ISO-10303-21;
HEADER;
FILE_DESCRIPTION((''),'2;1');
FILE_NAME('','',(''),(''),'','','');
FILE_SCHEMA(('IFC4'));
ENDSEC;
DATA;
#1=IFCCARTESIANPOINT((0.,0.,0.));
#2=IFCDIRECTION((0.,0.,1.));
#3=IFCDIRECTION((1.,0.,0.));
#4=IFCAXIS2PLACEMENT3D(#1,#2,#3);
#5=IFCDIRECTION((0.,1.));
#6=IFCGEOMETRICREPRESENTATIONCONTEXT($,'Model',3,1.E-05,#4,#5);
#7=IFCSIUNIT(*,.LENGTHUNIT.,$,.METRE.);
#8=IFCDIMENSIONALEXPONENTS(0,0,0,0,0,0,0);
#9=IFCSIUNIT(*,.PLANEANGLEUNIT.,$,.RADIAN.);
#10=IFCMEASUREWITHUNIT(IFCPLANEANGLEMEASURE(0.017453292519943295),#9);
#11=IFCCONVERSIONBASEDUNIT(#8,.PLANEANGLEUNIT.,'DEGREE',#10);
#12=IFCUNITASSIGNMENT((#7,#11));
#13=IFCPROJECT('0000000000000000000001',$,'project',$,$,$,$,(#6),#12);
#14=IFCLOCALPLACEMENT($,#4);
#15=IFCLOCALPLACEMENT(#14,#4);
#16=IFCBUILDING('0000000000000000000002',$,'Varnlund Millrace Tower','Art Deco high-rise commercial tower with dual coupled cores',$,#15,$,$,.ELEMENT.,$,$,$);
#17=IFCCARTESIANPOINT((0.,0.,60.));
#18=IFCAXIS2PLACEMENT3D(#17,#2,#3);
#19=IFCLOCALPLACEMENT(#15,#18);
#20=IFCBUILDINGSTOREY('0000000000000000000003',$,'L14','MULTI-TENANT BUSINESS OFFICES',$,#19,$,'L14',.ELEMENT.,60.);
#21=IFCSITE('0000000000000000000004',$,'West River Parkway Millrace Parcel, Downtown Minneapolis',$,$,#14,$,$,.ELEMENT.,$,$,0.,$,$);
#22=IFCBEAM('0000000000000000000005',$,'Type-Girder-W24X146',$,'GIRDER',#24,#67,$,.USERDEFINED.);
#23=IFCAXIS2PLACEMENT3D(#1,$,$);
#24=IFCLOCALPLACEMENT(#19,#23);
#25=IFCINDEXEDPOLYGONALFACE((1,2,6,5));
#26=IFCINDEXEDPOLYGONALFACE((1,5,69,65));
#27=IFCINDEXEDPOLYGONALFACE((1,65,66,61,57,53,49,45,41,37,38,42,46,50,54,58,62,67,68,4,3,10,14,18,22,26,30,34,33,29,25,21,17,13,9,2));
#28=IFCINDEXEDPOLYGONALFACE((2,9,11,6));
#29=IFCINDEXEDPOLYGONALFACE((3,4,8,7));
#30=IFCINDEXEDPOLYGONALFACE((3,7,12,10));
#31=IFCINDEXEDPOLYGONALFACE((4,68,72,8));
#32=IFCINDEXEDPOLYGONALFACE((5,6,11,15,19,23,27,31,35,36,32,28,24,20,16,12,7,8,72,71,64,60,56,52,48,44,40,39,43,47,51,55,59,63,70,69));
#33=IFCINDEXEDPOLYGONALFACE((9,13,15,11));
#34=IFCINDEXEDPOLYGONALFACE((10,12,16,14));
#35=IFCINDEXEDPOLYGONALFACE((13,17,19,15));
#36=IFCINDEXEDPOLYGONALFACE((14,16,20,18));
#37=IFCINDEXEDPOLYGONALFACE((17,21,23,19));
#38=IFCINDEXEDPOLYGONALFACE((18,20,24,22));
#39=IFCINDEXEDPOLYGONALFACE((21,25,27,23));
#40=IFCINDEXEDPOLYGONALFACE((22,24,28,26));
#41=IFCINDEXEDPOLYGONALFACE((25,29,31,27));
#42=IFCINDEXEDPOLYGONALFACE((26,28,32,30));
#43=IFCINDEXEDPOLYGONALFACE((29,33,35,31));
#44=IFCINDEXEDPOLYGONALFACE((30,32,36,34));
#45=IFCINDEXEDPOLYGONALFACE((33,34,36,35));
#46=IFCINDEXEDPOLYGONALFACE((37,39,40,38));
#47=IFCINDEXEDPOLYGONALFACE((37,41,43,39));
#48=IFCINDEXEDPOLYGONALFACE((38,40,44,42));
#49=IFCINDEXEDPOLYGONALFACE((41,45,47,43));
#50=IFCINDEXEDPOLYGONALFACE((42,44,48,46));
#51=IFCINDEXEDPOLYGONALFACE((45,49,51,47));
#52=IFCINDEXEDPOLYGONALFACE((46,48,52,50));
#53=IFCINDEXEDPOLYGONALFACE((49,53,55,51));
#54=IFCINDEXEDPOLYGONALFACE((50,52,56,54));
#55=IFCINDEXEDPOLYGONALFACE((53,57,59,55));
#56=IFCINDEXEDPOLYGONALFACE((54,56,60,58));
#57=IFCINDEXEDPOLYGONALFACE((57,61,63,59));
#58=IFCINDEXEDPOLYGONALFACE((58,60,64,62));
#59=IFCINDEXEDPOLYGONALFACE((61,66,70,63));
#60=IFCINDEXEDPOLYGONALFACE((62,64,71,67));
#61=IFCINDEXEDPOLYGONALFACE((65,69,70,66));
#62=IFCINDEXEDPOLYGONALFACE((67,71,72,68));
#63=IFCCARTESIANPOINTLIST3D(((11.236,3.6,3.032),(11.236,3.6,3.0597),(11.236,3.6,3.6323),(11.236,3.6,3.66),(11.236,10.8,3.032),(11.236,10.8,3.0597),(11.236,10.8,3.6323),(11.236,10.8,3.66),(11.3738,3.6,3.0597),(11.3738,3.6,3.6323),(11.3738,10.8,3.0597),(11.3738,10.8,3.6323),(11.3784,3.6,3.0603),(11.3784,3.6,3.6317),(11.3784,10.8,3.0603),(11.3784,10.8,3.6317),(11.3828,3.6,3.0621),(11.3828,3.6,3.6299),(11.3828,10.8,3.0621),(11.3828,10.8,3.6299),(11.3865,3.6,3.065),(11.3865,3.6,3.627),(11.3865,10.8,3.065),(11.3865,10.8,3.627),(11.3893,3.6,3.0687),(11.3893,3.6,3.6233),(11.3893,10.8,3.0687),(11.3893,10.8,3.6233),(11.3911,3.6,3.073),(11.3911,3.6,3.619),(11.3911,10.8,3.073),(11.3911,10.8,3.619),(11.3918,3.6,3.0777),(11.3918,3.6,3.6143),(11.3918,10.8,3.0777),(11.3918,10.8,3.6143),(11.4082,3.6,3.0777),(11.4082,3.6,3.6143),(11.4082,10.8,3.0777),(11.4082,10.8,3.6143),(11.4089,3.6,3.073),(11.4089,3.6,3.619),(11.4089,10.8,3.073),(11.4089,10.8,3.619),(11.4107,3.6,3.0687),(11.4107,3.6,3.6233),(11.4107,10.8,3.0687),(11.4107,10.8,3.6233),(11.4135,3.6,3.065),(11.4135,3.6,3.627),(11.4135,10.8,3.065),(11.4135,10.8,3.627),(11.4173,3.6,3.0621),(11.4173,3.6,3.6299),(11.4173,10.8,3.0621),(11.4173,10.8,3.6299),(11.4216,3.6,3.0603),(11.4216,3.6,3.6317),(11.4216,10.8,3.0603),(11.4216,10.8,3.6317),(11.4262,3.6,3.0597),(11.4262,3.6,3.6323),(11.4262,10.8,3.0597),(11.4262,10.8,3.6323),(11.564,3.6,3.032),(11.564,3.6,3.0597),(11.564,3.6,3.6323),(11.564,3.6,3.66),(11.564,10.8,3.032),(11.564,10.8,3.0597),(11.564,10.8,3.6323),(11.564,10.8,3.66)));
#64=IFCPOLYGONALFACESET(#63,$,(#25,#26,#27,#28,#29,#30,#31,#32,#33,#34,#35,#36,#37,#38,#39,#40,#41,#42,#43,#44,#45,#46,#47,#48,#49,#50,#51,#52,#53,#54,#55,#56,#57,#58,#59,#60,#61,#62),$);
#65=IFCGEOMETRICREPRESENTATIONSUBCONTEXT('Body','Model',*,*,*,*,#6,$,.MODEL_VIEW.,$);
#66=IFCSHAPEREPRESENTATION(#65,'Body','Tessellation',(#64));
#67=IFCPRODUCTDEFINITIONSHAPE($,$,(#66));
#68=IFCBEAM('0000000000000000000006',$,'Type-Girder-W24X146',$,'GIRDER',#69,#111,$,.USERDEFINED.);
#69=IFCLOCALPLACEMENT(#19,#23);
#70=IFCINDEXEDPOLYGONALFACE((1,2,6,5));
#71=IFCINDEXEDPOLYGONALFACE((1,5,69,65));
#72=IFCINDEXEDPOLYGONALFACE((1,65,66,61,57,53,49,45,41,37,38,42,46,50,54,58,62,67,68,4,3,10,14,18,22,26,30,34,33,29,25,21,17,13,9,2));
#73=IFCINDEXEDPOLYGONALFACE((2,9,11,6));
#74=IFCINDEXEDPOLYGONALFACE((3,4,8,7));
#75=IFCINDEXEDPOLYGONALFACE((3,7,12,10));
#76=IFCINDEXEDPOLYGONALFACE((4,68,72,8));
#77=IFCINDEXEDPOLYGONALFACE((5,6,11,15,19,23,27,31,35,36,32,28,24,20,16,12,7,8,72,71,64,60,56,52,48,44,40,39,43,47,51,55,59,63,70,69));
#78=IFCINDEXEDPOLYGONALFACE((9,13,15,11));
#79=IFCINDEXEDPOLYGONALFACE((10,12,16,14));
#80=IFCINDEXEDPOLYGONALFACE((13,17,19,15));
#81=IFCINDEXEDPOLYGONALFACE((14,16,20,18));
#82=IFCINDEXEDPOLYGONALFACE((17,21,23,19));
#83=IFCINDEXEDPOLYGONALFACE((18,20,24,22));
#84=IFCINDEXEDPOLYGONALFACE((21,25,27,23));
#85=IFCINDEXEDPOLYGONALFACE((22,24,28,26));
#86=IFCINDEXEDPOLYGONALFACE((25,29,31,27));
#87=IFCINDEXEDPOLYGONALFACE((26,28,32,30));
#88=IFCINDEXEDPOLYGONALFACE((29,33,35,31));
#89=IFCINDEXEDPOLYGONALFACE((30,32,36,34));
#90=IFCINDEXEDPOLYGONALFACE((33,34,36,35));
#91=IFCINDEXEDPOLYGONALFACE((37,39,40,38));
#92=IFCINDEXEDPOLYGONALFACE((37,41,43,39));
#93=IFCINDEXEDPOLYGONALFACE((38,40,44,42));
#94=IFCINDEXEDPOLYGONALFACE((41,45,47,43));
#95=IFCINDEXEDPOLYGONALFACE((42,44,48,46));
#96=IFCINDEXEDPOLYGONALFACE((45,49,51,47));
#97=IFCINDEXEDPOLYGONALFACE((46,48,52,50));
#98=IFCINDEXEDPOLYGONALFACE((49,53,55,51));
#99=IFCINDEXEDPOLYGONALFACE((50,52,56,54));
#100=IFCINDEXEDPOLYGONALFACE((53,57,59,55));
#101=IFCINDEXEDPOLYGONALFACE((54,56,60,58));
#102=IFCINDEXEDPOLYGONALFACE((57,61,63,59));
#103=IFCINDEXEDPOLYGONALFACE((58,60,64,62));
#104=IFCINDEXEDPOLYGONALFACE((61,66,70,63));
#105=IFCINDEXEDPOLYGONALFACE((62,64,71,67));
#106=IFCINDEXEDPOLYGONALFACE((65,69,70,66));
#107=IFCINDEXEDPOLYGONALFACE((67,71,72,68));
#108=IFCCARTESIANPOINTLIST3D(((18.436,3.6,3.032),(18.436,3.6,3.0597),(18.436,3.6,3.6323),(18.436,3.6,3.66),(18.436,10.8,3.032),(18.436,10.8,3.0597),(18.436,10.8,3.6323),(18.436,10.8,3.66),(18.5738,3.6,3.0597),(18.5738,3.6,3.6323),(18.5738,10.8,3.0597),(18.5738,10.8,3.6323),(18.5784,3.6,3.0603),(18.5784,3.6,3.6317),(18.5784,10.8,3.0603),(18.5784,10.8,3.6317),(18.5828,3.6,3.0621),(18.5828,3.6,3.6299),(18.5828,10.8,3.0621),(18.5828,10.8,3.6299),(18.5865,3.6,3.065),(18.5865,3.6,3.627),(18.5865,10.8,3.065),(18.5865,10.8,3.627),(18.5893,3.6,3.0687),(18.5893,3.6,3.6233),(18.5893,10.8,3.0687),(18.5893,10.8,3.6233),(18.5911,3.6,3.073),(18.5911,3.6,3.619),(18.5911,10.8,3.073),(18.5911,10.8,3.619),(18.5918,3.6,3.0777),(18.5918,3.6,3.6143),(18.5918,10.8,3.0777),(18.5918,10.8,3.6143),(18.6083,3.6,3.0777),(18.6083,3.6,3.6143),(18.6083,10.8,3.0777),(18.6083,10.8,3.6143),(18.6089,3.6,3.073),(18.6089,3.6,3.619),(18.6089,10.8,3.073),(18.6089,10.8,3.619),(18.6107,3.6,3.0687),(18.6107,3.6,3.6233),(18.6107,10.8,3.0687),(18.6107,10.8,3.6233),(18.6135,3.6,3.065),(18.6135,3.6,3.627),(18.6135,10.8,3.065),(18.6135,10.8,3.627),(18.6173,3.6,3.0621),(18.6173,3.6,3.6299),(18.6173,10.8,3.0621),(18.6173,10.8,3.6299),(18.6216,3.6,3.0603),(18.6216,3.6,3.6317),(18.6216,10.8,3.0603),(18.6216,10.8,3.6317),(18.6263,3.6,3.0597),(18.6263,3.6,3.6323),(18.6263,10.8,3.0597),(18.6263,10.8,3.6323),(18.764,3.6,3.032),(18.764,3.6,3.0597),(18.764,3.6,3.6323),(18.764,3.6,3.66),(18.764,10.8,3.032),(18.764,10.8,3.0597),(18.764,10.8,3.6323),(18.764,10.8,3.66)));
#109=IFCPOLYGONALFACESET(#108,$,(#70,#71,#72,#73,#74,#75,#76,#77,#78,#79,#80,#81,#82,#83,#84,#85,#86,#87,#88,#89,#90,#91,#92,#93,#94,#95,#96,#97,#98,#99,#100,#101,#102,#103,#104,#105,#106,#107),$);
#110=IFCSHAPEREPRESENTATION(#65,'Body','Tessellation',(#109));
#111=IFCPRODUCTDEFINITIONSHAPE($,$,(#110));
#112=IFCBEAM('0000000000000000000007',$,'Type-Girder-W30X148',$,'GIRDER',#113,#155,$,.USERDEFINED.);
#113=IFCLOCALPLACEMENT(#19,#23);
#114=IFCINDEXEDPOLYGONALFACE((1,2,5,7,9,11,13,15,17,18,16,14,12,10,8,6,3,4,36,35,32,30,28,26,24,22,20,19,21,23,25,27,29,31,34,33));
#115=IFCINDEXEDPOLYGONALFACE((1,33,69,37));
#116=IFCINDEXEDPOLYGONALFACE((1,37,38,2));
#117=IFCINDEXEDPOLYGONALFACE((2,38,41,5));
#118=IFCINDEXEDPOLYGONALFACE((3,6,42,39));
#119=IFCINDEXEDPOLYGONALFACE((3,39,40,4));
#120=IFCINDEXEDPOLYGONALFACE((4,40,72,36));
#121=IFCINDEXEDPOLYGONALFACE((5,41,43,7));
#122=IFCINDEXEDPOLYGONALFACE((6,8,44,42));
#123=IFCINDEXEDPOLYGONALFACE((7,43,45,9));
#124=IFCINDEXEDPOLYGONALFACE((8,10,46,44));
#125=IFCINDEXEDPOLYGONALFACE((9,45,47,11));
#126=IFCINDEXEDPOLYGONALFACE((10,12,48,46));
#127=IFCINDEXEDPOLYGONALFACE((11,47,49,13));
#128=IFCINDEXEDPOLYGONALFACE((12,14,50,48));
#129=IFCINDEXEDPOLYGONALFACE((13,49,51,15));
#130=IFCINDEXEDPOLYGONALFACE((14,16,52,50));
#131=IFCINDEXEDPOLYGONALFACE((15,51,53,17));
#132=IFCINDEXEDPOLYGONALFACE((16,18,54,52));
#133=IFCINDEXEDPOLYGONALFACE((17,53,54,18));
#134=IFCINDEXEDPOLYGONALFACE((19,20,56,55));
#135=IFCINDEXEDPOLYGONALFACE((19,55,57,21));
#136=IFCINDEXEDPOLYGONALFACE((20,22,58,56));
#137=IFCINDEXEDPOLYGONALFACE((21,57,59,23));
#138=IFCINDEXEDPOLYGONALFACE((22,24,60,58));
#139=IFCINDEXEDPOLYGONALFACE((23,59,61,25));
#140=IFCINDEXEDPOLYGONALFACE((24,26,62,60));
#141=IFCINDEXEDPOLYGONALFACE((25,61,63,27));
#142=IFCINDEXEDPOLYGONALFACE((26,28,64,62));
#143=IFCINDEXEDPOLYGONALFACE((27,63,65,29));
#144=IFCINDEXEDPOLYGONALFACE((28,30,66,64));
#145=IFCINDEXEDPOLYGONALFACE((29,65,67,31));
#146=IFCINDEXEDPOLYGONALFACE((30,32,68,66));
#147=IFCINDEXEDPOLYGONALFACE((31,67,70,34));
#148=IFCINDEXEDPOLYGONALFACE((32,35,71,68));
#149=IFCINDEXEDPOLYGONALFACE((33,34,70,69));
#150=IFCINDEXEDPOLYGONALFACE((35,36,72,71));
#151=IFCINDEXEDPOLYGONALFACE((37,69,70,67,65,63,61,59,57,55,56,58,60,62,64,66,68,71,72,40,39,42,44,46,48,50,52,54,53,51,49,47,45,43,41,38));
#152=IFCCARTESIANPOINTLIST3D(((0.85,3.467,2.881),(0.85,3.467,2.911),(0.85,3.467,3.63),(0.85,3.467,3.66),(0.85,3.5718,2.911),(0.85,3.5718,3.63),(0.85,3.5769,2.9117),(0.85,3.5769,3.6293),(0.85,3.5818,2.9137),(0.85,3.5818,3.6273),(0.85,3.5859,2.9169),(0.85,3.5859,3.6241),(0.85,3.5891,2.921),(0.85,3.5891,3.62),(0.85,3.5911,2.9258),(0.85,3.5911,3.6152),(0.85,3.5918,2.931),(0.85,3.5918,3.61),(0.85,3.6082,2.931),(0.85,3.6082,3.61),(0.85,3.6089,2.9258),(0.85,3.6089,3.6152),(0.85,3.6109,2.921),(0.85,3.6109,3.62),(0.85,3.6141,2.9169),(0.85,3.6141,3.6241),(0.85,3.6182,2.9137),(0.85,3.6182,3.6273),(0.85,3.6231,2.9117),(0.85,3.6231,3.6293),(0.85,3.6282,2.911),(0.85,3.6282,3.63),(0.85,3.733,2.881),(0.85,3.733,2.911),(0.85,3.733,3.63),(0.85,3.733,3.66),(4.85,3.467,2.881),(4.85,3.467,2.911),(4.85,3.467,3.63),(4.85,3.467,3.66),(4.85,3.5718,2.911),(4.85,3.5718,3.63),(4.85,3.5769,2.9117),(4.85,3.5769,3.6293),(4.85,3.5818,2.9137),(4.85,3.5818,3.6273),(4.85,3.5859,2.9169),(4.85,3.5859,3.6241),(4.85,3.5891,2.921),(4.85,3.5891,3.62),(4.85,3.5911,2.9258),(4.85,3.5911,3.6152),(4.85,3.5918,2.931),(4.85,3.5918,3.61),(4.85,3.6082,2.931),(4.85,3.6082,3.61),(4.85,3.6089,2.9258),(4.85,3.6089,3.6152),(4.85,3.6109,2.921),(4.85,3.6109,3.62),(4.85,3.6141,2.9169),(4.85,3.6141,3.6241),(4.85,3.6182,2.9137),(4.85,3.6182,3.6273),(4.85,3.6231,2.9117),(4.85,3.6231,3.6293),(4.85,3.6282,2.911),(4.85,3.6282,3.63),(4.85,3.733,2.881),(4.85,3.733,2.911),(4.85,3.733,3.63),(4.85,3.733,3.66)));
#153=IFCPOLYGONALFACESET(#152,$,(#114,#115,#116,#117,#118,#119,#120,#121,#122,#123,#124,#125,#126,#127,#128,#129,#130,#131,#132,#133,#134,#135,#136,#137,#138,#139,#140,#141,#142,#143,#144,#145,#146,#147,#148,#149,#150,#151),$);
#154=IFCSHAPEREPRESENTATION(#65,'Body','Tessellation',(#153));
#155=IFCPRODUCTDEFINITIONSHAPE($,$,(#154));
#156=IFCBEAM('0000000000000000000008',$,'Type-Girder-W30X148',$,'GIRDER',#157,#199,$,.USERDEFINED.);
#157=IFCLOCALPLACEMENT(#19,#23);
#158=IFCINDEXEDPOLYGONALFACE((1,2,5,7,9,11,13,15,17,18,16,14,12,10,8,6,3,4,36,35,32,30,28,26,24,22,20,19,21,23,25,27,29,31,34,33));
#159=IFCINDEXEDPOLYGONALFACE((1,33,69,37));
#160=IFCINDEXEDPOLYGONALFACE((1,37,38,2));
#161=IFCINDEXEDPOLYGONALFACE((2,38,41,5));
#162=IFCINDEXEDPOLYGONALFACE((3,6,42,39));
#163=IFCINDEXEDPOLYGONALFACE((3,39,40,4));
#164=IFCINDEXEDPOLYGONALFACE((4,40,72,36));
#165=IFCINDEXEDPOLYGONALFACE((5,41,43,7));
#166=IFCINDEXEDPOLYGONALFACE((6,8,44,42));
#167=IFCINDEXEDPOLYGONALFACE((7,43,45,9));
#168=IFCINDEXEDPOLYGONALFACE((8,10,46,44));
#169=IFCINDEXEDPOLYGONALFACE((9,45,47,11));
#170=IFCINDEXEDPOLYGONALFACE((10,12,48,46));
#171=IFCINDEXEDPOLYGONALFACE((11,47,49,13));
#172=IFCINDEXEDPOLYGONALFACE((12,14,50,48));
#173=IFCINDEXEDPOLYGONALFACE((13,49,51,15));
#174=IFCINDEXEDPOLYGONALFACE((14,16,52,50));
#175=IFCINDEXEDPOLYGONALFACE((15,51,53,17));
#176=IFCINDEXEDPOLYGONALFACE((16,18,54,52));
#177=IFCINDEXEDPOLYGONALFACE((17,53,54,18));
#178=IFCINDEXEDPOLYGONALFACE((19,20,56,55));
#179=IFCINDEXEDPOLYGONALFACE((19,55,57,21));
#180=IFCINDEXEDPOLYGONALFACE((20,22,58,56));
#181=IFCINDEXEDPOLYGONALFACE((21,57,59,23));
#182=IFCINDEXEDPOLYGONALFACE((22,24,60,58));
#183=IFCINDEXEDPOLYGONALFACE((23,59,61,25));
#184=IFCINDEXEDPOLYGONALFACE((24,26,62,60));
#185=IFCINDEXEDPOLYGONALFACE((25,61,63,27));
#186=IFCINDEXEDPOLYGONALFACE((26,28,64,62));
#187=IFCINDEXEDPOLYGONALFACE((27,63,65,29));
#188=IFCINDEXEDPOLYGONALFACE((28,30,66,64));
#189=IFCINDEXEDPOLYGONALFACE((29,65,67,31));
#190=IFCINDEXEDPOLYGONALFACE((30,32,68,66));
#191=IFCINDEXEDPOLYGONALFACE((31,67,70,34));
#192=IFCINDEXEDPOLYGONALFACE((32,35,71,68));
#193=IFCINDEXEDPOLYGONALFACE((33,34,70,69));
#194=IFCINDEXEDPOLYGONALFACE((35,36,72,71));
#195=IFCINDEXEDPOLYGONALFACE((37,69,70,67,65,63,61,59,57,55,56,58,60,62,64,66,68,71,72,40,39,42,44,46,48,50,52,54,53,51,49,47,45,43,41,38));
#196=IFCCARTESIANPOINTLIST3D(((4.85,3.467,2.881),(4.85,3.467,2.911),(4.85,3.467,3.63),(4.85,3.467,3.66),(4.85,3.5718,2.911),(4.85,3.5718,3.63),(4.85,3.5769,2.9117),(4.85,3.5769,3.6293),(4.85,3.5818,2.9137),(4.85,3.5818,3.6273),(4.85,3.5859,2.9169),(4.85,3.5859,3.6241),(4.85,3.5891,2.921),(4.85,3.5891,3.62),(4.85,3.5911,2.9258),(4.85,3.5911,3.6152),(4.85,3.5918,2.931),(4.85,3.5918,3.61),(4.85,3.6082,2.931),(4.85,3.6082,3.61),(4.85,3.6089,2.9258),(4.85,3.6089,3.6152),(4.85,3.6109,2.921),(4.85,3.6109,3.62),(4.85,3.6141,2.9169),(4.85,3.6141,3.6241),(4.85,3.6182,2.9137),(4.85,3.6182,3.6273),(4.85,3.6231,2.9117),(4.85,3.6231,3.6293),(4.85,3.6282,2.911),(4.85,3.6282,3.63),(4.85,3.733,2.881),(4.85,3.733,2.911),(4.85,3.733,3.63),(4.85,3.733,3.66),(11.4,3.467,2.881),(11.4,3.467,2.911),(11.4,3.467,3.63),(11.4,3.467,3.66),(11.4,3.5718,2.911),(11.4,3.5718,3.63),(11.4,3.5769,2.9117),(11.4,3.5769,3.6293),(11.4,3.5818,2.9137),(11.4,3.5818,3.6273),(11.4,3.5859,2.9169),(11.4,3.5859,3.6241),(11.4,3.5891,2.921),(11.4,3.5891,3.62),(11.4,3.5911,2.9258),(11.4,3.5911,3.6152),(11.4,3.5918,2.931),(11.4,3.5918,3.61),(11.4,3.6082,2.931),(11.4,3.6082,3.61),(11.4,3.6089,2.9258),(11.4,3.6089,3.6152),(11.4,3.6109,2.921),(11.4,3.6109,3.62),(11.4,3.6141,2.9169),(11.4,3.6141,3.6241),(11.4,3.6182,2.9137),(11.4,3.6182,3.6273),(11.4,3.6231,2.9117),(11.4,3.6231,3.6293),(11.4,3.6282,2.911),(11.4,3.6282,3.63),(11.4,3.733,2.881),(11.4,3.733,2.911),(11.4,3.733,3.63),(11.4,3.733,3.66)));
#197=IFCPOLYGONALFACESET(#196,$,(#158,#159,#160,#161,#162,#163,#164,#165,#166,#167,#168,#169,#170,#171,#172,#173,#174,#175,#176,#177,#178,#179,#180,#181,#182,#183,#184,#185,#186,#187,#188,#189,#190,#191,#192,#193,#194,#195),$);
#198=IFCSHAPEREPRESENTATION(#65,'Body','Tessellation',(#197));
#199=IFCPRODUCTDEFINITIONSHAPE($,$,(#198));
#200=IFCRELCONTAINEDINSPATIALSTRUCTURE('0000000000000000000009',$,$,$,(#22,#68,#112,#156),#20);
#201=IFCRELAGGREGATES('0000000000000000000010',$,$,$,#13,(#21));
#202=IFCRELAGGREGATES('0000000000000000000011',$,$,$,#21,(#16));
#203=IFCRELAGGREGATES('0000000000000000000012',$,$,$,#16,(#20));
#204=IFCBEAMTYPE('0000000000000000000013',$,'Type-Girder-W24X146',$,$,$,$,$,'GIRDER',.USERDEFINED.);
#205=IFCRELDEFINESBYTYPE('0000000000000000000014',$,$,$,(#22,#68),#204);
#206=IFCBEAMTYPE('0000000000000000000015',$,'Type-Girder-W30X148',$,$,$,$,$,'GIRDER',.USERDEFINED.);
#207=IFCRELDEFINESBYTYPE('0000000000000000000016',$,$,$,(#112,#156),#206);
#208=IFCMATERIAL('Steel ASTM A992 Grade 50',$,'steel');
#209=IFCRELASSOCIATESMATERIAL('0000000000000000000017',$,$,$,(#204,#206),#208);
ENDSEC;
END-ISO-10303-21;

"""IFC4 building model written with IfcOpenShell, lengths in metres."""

from ifc_helpers import new_model, entity, si_unit, converted_unit, direction, frame, origin_with_axes, origin_2d_with_axis, place, context, subcontext, project, spatial, i_section, extrude, material, material_profile, profile_set, type_object, element, save


model = new_model("IFC4")

# Units and contexts
model_context = context("Model", 3, precision=1e-05, world=origin_with_axes(), true_north=direction((0.0, 1.0)))
body_context = subcontext(model_context, "Body", "Model", "MODEL_VIEW")
ifc_project = project(units=[si_unit("LENGTHUNIT", "METRE"), converted_unit("PLANEANGLEUNIT", "DEGREE", entity("IfcPlaneAngleMeasure", 0.017453292519943295), si_unit("PLANEANGLEUNIT", "RADIAN"), dimensions=[0, 0, 0, 0, 0, 0, 0])], contexts=[model_context])

# Site, building, storey
site_placement = place(None, origin_with_axes())
site = spatial("IfcSite", under=ifc_project, at=site_placement, Name="West River Parkway Millrace Parcel, Downtown Minneapolis", CompositionType="ELEMENT", RefElevation=0.0)
building_placement = place(site_placement, origin_with_axes())
building = spatial("IfcBuilding", under=site, at=building_placement, Name="Varnlund Millrace Tower", Description="Art Deco high-rise commercial tower with dual coupled cores", CompositionType="ELEMENT")
storey_placement = place(building_placement, frame((0.0, 0.0, 60.0), z_axis=(0.0, 0.0, 1.0), x_axis=(1.0, 0.0, 0.0)))
storey = spatial("IfcBuildingStorey", under=building, at=storey_placement, Name="L14", Description="MULTI-TENANT BUSINESS OFFICES", LongName="L14", CompositionType="ELEMENT", Elevation=60.0)

# Beams
ifc_material_1 = material(Name="Steel ASTM A992 Grade 50", Category="steel")
ifc_material_profile_1 = material_profile(ifc_material_1, i_section(OverallWidth=0.328, OverallDepth=0.628, WebThickness=0.0165, FlangeThickness=0.0277, FilletRadius=0.018, at=origin_2d_with_axis()), Name="Steel ASTM A992 Grade 50")
ifc_profile_set_1 = profile_set([ifc_material_profile_1], Name="Steel ASTM A992 Grade 50")
beam_type_1 = type_object("IfcBeamType", Name="Type-Girder-W24X146", ElementType="GIRDER", PredefinedType="USERDEFINED", material=ifc_profile_set_1)
for number, where, z_axis, x_axis, name in (
    (1, (11.4, 3.6, 3.346), (0.0, 1.0, 0.0), (-1.0, 0.0, 0.0), "Type-Girder-W24X146"),
    (2, (18.6, 3.6, 3.346), (0.0, 1.0, 0.0), (-1.0, 0.0, 0.0), "Type-Girder-W24X146"),
):
    element("IfcBeam", number, at=place(storey_placement, frame(where, z_axis=z_axis, x_axis=x_axis)), inside=storey, type_object=beam_type_1, Name=name, ObjectType="GIRDER", PredefinedType="USERDEFINED", context=body_context, shape_type="SweptSolid", body=[
        extrude(i_section(OverallWidth=0.328, OverallDepth=0.628, WebThickness=0.0165, FlangeThickness=0.0277, FilletRadius=0.018, at=origin_2d_with_axis()), origin_with_axes(), (0.0, 0.0, 1.0), 7.2),
    ])
ifc_material_profile_2 = material_profile(ifc_material_1, i_section(OverallWidth=0.266, OverallDepth=0.779, WebThickness=0.0165, FlangeThickness=0.03, FilletRadius=0.02, at=origin_2d_with_axis()), Name="Steel ASTM A992 Grade 50")
ifc_profile_set_2 = profile_set([ifc_material_profile_2], Name="Steel ASTM A992 Grade 50")
beam_type_2 = type_object("IfcBeamType", Name="Type-Girder-W30X148", ElementType="GIRDER", PredefinedType="USERDEFINED", material=ifc_profile_set_2)
beam_1_placement = place(storey_placement, frame((0.85, 3.6, 3.2705), z_axis=(1.0, 0.0, 0.0), x_axis=(0.0, 1.0, 0.0)))
element("IfcBeam", 3, at=beam_1_placement, inside=storey, type_object=beam_type_2, Name="Type-Girder-W30X148", ObjectType="GIRDER", PredefinedType="USERDEFINED", context=body_context, shape_type="SweptSolid", body=[
    extrude(i_section(OverallWidth=0.266, OverallDepth=0.779, WebThickness=0.0165, FlangeThickness=0.03, FilletRadius=0.02, at=origin_2d_with_axis()), origin_with_axes(), (0.0, 0.0, 1.0), 4.0),
])
beam_2_placement = place(storey_placement, frame((4.85, 3.6, 3.2705), z_axis=(1.0, 0.0, 0.0), x_axis=(0.0, 1.0, 0.0)))
element("IfcBeam", 4, at=beam_2_placement, inside=storey, type_object=beam_type_2, Name="Type-Girder-W30X148", ObjectType="GIRDER", PredefinedType="USERDEFINED", context=body_context, shape_type="SweptSolid", body=[
    extrude(i_section(OverallWidth=0.266, OverallDepth=0.779, WebThickness=0.0165, FlangeThickness=0.03, FilletRadius=0.02, at=origin_2d_with_axis()), origin_with_axes(), (0.0, 0.0, 1.0), 6.55),
])

save(model, "model.ifc")
